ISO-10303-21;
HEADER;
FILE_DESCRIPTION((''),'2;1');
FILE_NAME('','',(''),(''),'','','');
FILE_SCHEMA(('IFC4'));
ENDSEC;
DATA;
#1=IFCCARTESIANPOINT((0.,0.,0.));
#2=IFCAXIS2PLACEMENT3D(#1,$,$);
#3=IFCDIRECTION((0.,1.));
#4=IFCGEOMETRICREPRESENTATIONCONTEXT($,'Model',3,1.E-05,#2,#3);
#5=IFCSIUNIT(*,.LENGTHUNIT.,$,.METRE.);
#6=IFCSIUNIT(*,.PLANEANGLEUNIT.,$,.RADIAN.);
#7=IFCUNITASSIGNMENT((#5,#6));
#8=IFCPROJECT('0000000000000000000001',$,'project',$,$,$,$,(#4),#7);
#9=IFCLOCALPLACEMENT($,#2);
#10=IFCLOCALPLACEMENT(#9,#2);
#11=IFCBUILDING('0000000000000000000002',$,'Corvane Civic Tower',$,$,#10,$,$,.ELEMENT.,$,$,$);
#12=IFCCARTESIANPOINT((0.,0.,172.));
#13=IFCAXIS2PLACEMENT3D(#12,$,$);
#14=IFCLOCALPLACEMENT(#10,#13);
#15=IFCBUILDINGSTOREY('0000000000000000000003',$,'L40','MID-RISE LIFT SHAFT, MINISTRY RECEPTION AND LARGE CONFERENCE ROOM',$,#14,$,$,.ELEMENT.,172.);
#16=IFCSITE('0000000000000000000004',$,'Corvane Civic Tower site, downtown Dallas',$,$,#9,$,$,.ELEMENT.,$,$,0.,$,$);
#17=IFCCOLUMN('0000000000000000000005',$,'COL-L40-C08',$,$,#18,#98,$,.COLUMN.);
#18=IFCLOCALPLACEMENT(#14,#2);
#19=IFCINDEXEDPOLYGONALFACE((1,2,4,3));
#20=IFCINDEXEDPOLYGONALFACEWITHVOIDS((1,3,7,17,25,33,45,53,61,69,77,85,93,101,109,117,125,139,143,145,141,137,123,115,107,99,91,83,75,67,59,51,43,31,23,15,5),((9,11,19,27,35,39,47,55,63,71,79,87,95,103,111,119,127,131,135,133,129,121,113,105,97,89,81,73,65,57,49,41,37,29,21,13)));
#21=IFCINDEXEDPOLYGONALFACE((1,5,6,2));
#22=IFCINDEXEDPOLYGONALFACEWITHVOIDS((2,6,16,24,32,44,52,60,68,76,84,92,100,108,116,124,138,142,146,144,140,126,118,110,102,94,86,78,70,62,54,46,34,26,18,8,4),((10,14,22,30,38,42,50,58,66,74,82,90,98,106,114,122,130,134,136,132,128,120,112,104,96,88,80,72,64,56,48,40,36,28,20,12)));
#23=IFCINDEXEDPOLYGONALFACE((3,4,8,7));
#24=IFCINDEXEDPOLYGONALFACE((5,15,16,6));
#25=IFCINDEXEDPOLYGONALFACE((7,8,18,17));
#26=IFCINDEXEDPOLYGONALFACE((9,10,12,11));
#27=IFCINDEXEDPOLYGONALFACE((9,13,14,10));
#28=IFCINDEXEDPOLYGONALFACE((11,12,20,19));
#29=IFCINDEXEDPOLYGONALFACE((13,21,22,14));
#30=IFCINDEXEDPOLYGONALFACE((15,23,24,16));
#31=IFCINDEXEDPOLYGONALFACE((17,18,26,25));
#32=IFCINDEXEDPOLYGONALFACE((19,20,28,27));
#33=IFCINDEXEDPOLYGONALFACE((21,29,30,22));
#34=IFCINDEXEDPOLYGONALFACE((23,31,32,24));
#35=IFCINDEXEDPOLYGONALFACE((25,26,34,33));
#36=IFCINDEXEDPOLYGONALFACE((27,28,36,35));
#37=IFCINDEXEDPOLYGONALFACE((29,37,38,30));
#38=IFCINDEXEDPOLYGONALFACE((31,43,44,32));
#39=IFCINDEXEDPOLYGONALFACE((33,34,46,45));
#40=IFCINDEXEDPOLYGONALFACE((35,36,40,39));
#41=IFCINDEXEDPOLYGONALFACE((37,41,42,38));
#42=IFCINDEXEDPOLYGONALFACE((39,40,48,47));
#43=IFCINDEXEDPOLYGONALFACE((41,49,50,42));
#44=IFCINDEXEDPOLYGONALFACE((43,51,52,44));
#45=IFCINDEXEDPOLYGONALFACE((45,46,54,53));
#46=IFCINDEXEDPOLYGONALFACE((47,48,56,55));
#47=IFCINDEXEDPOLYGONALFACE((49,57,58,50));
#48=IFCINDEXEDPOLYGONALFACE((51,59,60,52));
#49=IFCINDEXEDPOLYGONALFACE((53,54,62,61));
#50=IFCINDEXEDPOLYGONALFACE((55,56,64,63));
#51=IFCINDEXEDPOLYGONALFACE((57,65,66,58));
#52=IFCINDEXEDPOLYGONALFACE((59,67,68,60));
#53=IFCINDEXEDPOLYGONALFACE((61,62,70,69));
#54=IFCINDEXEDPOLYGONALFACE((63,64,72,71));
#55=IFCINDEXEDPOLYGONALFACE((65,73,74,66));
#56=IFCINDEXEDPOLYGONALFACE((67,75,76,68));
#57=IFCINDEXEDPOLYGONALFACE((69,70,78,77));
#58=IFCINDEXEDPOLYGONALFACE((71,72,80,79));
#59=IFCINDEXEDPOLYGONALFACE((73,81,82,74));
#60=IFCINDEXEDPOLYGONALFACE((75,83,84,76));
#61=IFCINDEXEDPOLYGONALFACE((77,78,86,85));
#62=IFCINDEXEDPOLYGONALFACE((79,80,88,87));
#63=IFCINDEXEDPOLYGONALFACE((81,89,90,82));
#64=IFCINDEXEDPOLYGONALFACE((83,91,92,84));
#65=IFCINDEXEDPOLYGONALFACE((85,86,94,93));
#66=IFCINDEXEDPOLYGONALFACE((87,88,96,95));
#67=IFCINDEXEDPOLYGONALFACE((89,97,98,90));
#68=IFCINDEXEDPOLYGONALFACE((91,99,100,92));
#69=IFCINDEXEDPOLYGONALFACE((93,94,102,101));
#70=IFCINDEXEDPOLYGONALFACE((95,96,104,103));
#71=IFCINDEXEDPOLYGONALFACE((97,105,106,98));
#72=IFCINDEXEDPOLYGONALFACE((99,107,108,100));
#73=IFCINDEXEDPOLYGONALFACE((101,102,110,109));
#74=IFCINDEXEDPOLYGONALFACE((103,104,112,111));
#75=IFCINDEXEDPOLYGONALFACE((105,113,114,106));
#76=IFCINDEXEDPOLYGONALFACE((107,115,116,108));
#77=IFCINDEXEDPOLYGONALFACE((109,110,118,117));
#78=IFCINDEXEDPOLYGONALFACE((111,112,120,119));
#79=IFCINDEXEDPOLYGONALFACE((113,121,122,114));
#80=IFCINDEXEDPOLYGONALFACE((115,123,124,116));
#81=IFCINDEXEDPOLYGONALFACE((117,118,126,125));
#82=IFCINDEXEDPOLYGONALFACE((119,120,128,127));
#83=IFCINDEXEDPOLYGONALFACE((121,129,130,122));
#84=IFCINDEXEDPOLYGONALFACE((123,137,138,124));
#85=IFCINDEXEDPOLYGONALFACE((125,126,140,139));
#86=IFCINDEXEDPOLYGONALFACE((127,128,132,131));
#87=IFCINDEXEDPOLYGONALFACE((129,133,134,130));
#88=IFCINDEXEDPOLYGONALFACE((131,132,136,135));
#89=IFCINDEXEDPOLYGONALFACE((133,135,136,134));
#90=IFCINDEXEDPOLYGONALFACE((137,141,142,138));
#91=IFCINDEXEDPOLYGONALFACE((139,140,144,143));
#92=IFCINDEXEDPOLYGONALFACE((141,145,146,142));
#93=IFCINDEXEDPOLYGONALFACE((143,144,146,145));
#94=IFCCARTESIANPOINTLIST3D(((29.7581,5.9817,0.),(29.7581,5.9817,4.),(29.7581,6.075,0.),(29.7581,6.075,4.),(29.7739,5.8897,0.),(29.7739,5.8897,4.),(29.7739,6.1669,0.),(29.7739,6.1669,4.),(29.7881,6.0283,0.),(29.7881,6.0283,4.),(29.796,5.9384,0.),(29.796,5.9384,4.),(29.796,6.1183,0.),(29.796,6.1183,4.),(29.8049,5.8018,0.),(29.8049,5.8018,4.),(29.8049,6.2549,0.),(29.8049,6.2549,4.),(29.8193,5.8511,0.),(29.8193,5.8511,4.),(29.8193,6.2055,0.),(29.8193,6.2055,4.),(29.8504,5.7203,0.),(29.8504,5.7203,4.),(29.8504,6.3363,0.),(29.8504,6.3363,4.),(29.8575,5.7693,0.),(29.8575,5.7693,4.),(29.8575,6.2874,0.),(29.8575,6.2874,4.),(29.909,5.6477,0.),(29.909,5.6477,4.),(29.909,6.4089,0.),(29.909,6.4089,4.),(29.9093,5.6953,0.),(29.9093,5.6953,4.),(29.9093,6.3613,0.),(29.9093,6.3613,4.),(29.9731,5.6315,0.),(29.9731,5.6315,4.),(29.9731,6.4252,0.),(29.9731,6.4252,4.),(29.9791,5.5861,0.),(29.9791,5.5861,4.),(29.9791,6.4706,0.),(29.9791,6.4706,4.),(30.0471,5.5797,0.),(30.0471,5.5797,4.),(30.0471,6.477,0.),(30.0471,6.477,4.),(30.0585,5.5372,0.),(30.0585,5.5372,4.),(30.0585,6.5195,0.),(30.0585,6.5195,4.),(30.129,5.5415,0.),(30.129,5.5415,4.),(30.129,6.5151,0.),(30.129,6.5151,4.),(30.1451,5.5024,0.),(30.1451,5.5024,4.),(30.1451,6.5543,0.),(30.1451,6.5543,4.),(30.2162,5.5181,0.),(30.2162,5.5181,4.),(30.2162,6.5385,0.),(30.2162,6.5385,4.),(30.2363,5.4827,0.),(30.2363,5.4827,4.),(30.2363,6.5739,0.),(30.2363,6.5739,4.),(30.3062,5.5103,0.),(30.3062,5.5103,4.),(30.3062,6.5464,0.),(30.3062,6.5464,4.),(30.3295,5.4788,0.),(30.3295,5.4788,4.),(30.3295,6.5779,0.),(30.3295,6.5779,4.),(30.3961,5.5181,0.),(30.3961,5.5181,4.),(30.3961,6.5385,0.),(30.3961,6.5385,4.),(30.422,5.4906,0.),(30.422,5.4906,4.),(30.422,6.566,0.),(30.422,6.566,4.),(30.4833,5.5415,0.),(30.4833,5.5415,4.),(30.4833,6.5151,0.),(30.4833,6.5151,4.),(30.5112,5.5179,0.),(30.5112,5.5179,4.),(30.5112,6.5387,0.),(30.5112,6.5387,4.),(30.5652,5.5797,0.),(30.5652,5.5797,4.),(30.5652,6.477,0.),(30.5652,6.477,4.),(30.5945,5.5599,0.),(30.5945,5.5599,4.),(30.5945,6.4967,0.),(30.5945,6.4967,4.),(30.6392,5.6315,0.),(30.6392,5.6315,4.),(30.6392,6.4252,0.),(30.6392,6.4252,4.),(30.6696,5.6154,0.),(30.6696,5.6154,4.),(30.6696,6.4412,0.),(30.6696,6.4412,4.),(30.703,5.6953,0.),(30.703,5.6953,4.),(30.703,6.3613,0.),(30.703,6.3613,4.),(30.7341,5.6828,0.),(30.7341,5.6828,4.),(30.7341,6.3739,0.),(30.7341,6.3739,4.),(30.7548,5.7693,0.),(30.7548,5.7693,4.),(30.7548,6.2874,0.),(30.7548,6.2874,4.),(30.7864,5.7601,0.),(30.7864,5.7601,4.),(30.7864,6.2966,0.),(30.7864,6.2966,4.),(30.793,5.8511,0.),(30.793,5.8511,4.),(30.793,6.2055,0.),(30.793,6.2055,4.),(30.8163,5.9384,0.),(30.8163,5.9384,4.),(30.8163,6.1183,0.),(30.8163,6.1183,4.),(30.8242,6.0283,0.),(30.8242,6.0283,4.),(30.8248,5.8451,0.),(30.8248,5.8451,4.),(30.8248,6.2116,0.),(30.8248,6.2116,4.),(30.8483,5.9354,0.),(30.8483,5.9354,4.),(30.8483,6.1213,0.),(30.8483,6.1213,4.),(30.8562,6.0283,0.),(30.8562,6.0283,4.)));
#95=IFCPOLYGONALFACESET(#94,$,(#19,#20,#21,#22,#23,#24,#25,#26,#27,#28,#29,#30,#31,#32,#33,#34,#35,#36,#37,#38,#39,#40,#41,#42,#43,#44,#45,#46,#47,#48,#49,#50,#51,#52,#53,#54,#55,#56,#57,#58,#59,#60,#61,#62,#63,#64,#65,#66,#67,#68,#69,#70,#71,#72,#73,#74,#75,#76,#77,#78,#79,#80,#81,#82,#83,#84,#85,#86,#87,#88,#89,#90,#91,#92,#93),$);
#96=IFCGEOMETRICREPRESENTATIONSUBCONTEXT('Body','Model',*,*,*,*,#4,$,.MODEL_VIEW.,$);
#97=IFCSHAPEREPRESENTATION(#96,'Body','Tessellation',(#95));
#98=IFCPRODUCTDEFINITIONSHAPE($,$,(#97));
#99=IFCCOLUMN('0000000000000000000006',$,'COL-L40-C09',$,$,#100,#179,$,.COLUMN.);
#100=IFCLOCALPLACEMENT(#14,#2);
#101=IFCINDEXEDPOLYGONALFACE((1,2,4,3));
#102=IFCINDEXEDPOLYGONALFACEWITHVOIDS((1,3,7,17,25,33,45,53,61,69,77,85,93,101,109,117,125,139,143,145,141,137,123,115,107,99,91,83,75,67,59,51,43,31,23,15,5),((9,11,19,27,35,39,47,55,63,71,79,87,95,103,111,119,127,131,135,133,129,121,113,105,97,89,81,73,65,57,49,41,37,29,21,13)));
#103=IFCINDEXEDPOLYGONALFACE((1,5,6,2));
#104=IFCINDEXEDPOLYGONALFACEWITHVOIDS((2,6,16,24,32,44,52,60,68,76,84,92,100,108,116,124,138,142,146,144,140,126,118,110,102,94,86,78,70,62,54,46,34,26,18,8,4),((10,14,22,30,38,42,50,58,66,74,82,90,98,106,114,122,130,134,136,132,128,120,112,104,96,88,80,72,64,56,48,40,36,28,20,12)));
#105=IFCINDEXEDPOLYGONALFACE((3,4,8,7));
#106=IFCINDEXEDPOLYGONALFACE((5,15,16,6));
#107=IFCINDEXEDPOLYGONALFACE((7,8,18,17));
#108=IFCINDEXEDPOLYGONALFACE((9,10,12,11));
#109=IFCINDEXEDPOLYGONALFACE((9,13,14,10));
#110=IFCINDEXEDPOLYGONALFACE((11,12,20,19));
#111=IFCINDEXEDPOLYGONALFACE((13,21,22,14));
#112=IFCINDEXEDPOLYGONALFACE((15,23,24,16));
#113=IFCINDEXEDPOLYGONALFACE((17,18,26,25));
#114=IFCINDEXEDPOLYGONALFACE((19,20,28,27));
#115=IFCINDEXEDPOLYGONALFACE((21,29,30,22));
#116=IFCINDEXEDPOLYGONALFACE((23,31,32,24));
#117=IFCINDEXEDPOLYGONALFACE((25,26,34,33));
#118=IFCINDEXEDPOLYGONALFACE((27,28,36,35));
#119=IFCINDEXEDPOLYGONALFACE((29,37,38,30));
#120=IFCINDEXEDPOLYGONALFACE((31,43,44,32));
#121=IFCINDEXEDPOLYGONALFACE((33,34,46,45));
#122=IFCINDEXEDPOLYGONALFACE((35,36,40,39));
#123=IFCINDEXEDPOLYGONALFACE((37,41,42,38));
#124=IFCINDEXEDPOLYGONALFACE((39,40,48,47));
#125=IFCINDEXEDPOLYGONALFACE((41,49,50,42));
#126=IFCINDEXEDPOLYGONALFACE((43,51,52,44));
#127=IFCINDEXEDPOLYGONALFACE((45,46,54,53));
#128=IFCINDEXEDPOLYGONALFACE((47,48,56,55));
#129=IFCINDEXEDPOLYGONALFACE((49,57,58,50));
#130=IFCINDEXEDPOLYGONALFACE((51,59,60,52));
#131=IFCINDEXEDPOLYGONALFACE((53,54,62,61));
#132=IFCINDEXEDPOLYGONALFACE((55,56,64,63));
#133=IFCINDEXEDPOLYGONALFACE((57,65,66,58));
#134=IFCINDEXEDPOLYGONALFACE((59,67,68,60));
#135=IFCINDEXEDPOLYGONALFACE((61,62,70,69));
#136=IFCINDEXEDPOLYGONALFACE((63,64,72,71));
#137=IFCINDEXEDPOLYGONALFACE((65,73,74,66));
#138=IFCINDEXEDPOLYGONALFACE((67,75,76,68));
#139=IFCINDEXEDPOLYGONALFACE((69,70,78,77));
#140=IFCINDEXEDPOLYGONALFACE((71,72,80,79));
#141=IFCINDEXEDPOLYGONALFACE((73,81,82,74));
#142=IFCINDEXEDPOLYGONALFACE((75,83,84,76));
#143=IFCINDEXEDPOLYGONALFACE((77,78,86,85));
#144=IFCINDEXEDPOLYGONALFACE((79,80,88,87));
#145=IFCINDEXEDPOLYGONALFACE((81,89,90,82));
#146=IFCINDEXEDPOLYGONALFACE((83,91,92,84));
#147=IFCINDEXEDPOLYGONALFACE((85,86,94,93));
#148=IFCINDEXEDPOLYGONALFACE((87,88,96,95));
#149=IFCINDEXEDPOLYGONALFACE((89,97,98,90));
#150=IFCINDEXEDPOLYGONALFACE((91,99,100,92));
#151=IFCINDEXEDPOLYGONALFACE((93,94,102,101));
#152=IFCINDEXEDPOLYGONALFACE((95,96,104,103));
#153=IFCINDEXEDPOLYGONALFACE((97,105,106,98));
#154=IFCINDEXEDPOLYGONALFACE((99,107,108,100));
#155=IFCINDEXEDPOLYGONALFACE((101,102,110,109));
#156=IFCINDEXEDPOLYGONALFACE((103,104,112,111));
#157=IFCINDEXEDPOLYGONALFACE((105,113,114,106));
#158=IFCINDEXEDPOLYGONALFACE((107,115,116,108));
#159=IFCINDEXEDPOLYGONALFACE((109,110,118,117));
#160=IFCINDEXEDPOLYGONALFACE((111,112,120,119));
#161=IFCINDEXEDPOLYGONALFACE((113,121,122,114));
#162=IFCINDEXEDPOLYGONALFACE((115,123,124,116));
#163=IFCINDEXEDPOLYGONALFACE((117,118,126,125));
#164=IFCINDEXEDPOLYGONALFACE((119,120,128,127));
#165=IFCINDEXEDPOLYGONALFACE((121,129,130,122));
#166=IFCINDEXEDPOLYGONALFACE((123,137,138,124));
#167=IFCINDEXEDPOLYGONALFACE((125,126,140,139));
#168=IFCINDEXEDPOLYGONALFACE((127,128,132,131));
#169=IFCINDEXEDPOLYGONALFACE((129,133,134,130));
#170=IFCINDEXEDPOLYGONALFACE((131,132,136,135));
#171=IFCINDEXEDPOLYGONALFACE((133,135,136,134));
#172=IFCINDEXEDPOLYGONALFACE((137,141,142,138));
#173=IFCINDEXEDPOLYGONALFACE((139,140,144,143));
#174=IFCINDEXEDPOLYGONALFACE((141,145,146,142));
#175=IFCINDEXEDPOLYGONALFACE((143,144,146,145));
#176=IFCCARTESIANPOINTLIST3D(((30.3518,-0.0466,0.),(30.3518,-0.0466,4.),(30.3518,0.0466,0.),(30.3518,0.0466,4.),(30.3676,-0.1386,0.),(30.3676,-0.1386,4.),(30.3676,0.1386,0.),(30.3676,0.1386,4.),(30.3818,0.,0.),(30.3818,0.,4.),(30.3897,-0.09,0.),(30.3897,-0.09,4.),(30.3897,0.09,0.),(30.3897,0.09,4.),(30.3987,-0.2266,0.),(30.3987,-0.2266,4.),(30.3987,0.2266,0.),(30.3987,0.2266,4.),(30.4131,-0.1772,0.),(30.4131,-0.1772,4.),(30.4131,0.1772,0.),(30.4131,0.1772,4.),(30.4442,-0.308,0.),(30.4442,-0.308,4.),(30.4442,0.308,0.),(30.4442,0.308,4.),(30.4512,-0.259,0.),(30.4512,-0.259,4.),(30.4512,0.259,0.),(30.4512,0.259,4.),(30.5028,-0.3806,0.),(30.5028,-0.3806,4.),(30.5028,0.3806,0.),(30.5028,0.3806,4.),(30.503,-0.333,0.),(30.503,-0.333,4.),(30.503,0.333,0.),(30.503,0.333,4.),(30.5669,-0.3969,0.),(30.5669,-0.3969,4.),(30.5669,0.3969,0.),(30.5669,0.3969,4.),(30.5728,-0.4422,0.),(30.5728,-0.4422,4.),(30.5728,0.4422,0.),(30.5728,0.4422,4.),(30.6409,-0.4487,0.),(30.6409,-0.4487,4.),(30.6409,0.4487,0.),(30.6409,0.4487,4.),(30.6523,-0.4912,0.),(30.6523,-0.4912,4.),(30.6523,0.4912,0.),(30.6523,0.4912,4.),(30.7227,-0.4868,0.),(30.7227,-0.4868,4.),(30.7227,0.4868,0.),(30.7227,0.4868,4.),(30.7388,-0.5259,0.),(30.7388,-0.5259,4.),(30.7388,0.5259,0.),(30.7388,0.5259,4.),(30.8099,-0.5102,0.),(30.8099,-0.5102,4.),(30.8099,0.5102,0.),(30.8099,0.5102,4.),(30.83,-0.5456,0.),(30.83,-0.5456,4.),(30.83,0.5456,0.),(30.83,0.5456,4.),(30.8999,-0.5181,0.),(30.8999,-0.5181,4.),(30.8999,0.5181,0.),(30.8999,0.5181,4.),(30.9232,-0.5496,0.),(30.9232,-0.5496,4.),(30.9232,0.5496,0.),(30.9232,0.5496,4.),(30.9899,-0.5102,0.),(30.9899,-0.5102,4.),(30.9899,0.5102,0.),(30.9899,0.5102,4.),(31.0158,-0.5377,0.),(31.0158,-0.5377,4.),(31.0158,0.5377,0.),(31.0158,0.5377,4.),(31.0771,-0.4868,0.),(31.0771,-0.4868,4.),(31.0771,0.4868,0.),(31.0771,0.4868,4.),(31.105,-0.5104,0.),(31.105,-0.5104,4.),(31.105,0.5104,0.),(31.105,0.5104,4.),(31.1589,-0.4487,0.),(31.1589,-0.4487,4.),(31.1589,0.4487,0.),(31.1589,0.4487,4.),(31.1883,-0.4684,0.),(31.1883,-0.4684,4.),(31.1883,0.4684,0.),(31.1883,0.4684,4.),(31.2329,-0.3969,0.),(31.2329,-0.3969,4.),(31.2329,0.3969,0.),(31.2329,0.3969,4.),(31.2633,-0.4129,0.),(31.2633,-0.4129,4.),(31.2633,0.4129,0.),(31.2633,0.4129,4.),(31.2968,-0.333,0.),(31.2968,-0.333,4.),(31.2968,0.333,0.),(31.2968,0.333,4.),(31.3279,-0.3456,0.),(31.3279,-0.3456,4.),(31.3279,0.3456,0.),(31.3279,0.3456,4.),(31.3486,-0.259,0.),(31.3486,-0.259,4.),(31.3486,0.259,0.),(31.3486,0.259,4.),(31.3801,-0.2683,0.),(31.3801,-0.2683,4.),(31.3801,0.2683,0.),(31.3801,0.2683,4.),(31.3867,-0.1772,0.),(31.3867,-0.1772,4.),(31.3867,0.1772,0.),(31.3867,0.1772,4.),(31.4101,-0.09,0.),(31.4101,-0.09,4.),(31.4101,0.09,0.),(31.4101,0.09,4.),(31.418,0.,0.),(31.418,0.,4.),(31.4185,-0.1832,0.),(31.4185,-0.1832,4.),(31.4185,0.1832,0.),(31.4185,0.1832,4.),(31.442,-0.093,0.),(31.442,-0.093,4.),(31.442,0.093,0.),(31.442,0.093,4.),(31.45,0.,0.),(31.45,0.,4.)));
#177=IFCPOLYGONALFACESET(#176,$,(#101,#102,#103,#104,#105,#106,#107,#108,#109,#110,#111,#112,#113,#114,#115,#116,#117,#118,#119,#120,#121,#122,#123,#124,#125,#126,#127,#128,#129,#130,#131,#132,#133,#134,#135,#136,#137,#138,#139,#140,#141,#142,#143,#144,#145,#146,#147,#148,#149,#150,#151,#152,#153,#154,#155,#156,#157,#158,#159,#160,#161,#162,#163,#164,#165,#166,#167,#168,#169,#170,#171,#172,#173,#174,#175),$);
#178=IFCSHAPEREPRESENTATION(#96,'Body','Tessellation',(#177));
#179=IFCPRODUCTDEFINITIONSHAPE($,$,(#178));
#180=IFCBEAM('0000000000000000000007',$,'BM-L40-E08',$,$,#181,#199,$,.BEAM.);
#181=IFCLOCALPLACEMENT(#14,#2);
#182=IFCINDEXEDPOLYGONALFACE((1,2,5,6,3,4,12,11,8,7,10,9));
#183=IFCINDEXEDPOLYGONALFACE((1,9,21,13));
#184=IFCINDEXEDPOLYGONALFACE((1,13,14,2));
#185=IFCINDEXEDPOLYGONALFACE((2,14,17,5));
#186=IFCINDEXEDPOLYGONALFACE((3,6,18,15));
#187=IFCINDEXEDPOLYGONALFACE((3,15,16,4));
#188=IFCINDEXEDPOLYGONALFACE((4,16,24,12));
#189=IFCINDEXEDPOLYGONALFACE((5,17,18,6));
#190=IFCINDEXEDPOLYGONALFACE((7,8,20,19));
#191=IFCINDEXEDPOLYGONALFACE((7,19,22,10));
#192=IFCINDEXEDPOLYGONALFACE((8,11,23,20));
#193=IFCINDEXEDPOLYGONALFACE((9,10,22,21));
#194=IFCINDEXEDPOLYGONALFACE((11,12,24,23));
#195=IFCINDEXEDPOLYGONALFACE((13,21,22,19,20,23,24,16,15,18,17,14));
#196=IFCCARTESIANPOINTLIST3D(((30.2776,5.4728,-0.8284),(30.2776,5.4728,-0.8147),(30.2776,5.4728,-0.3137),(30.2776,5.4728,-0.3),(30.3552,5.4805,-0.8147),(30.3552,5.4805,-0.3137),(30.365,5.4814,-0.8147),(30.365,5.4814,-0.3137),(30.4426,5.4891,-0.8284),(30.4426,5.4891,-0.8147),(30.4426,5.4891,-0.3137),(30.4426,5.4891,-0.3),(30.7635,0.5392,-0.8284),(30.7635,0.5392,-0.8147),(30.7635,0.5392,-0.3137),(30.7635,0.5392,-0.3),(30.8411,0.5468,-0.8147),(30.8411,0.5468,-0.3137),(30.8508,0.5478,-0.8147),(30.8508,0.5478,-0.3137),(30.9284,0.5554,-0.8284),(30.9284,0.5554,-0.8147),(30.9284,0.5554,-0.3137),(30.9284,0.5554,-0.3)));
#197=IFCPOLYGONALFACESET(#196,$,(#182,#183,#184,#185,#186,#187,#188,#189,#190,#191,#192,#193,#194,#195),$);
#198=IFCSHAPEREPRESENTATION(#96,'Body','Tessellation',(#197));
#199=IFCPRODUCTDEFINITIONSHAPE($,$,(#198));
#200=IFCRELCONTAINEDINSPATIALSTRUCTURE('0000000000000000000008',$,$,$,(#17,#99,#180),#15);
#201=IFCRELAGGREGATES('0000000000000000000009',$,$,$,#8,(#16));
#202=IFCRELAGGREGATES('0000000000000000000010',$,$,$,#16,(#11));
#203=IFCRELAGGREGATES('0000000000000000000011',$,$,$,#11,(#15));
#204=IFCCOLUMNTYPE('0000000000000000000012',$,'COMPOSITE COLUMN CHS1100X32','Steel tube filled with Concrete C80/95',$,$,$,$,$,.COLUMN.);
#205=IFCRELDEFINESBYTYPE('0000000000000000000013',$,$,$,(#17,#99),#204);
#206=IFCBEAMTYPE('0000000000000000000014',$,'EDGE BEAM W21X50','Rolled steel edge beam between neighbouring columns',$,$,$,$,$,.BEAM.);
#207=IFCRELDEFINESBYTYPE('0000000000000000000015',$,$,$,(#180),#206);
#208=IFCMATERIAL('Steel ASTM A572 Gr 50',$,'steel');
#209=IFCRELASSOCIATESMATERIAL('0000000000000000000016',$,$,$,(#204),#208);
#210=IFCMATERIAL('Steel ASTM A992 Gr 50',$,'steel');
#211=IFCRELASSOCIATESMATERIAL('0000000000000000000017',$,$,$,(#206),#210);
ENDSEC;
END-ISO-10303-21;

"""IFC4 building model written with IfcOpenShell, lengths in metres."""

from ifc_helpers import new_model, si_unit, direction, frame, origin, origin_2d, place, context, subcontext, project, spatial, hollow_circle, i_section, extrude, material, material_profile, profile_set, type_object, element, save


model = new_model("IFC4")

# Units and contexts
model_context = context("Model", 3, precision=1e-05, world=origin(), true_north=direction((0.0, 1.0)))
body_context = subcontext(model_context, "Body", "Model", "MODEL_VIEW")
ifc_project = project(units=[si_unit("LENGTHUNIT", "METRE"), si_unit("PLANEANGLEUNIT", "RADIAN")], contexts=[model_context])

# Site, building, storey
site_placement = place(None, origin())
site = spatial("IfcSite", under=ifc_project, at=site_placement, Name="Corvane Civic Tower site, downtown Dallas", CompositionType="ELEMENT", RefElevation=0.0)
building_placement = place(site_placement, origin())
building = spatial("IfcBuilding", under=site, at=building_placement, Name="Corvane Civic Tower", CompositionType="ELEMENT")
storey_placement = place(building_placement, frame((0.0, 0.0, 172.0)))
storey = spatial("IfcBuildingStorey", under=building, at=storey_placement, Name="L40", Description="MID-RISE LIFT SHAFT, MINISTRY RECEPTION AND LARGE CONFERENCE ROOM", CompositionType="ELEMENT", Elevation=172.0)

# Columns
ifc_material_1 = material(Name="Steel ASTM A572 Gr 50", Category="steel")
ifc_material_profile_1 = material_profile(ifc_material_1, hollow_circle(Radius=0.55, WallThickness=0.032, at=origin_2d()), Name="CHS1100X32")
ifc_profile_set_1 = profile_set([ifc_material_profile_1], Name="Steel ASTM A572 Gr 50")
column_type = type_object("IfcColumnType", Name="COMPOSITE COLUMN CHS1100X32", Description="Steel tube filled with Concrete C80/95", PredefinedType="COLUMN", material=ifc_profile_set_1)
for number, where, z_axis, x_axis, name in (
    (1, (30.3062, 6.0283, 0.0), (0.0, 0.0, 1.0), (1.0, 0.0, 0.0), "COL-L40-C08"),
    (2, (30.8999, 0.0, 0.0), (0.0, 0.0, 1.0), (1.0, 0.0, 0.0), "COL-L40-C09"),
):
    element("IfcColumn", number, at=place(storey_placement, frame(where, z_axis=z_axis, x_axis=x_axis)), inside=storey, type_object=column_type, Name=name, PredefinedType="COLUMN", context=body_context, shape_type="SweptSolid", body=[
        extrude(hollow_circle(Radius=0.55, WallThickness=0.032, at=origin_2d()), origin(), (0.0, 0.0, 1.0), 4.0),
    ])

# Beam
ifc_material_2 = material(Name="Steel ASTM A992 Gr 50", Category="steel")
ifc_material_profile_2 = material_profile(ifc_material_2, i_section(OverallWidth=0.1658, OverallDepth=0.5283, WebThickness=0.0098, FlangeThickness=0.0137, at=origin_2d()), Name="W21X50")
ifc_profile_set_2 = profile_set([ifc_material_profile_2], Name="Steel ASTM A992 Gr 50")
beam_type_1 = type_object("IfcBeamType", Name="EDGE BEAM W21X50", Description="Rolled steel edge beam between neighbouring columns", PredefinedType="BEAM", material=ifc_profile_set_2)
beam_1_placement = place(storey_placement, frame((30.3601, 5.481, -0.5642), z_axis=(0.098002, -0.995186, 0.0), x_axis=(0.995186, 0.098002, 0.0)))
element("IfcBeam", 3, at=beam_1_placement, inside=storey, type_object=beam_type_1, Name="BM-L40-E08", PredefinedType="BEAM", context=body_context, shape_type="SweptSolid", body=[
    extrude(i_section(OverallWidth=0.1658, OverallDepth=0.5283, WebThickness=0.0098, FlangeThickness=0.0137, at=origin_2d()), origin(), (0.0, 0.0, 1.0), 4.9575),
])

save(model, "model.ifc")
